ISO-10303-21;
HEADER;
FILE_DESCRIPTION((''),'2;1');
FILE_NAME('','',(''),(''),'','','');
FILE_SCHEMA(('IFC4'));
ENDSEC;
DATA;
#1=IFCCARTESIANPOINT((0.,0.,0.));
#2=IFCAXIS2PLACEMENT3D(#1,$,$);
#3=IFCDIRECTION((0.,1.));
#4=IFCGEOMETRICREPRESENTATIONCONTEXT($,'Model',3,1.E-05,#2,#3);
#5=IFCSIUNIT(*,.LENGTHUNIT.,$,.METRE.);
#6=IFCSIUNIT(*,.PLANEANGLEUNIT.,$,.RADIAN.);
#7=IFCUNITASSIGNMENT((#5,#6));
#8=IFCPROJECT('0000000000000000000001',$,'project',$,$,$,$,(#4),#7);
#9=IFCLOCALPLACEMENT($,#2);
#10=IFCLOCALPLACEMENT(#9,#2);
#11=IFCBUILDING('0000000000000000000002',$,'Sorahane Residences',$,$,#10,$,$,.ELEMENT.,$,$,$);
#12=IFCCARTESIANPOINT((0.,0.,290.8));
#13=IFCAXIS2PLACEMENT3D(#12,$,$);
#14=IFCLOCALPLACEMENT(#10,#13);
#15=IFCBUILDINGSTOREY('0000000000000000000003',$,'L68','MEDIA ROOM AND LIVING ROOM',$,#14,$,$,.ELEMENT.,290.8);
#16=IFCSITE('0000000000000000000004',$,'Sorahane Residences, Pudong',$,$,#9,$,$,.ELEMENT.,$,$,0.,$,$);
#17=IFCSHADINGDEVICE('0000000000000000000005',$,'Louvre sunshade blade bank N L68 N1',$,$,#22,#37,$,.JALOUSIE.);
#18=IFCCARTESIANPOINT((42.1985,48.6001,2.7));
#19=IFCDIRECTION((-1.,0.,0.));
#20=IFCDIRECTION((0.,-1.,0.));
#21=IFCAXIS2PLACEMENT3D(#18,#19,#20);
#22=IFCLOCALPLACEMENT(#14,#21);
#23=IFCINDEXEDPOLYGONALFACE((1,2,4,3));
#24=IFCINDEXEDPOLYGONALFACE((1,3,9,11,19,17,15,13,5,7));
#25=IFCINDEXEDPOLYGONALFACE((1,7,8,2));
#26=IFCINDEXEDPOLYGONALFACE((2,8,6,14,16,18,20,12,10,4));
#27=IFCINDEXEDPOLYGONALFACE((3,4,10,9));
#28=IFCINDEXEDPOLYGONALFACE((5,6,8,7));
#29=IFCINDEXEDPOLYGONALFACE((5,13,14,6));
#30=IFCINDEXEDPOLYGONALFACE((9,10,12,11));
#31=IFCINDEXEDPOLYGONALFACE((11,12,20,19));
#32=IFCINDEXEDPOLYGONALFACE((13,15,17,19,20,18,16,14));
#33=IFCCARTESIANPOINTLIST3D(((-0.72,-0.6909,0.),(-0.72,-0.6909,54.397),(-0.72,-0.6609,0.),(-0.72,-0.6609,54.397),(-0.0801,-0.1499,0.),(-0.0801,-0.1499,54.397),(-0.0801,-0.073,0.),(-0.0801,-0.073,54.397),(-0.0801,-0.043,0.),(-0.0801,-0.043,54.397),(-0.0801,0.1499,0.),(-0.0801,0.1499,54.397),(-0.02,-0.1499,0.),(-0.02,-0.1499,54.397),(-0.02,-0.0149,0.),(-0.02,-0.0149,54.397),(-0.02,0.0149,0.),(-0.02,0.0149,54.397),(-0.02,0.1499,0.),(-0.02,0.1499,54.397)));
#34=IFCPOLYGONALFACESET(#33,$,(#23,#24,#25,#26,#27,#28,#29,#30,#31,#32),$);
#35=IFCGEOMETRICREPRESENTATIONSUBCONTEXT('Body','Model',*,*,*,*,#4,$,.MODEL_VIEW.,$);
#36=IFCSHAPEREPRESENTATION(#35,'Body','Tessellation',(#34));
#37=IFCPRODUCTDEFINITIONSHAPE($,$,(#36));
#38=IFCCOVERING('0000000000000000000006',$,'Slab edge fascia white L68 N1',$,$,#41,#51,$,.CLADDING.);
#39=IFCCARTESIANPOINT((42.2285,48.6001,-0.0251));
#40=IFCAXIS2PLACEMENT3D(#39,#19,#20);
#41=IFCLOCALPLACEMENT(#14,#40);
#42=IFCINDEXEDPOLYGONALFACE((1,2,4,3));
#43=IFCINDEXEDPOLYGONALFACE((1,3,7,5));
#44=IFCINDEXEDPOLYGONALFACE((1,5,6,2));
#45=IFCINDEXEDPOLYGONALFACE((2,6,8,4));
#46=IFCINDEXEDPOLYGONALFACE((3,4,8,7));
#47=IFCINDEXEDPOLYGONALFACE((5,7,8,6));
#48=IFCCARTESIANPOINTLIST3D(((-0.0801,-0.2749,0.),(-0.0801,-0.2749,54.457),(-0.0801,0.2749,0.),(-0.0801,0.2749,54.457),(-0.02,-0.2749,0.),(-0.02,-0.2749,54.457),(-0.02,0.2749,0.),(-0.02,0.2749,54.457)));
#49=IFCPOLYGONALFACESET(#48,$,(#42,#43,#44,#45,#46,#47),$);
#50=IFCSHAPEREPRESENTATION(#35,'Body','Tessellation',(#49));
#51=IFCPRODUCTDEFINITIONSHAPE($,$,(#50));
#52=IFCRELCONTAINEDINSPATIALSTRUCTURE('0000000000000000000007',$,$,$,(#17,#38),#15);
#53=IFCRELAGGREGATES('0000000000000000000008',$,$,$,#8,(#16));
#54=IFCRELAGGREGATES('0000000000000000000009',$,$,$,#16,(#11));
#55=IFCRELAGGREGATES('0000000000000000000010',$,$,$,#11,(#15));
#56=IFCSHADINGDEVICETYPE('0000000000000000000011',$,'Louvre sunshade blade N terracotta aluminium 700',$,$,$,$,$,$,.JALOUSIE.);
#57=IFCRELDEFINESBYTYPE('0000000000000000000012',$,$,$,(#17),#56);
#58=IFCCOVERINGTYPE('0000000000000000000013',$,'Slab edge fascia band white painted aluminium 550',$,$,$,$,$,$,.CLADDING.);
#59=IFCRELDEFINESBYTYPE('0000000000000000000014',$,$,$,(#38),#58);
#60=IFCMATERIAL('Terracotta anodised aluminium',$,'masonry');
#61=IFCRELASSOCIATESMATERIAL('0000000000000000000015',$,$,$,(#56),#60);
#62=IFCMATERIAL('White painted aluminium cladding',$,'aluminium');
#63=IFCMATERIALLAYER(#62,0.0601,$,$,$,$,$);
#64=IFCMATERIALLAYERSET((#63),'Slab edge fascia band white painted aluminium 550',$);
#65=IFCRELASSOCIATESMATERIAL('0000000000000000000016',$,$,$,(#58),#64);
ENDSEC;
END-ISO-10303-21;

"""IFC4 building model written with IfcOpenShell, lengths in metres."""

from ifc_helpers import new_model, si_unit, direction, frame, origin, place, context, subcontext, project, spatial, polyline, outline, extrude, material, layer, layer_set, type_object, element, save


model = new_model("IFC4")

# Units and contexts
model_context = context("Model", 3, precision=1e-05, world=origin(), true_north=direction((0.0, 1.0)))
body_context = subcontext(model_context, "Body", "Model", "MODEL_VIEW")
ifc_project = project(units=[si_unit("LENGTHUNIT", "METRE"), si_unit("PLANEANGLEUNIT", "RADIAN")], contexts=[model_context])

# Site, building, storey
site_placement = place(None, origin())
site = spatial("IfcSite", under=ifc_project, at=site_placement, Name="Sorahane Residences, Pudong", CompositionType="ELEMENT", RefElevation=0.0)
building_placement = place(site_placement, origin())
building = spatial("IfcBuilding", under=site, at=building_placement, Name="Sorahane Residences", CompositionType="ELEMENT")
storey_placement = place(building_placement, frame((0.0, 0.0, 290.8)))
storey = spatial("IfcBuildingStorey", under=building, at=storey_placement, Name="L68", Description="MEDIA ROOM AND LIVING ROOM", CompositionType="ELEMENT", Elevation=290.8)

# Shading device
ifc_material_1 = material(Name="Terracotta anodised aluminium", Category="masonry")
shading_device_type = type_object("IfcShadingDeviceType", Name="Louvre sunshade blade N terracotta aluminium 700", PredefinedType="JALOUSIE", material=ifc_material_1)
shading_device_placement = place(storey_placement, frame((42.1985, 48.6001, 2.7), z_axis=(-1.0, 0.0, 0.0), x_axis=(0.0, -1.0, 0.0)))
element("IfcShadingDevice", 1, at=shading_device_placement, inside=storey, type_object=shading_device_type, Name="Louvre sunshade blade bank N L68 N1", PredefinedType="JALOUSIE", context=body_context, shape_type="SweptSolid", body=[
    extrude(outline(polyline([(-0.72, -0.6609), (-0.72, -0.6909), (-0.0801, -0.073), (-0.0801, -0.1499), (-0.02, -0.1499), (-0.02, -0.0149), (-0.02, 0.0149), (-0.02, 0.1499), (-0.0801, 0.1499), (-0.0801, -0.043), (-0.72, -0.6609)])), origin(), (0.0, 0.0, 1.0), 54.397),
])

# Covering
ifc_material_2 = material(Name="White painted aluminium cladding", Category="aluminium")
ifc_layer_1 = layer(ifc_material_2, 0.0601)
ifc_layer_set_1 = layer_set([ifc_layer_1], Name="Slab edge fascia band white painted aluminium 550")
covering_type = type_object("IfcCoveringType", Name="Slab edge fascia band white painted aluminium 550", PredefinedType="CLADDING", material=ifc_layer_set_1)
covering_placement = place(storey_placement, frame((42.2285, 48.6001, -0.0251), z_axis=(-1.0, 0.0, 0.0), x_axis=(0.0, -1.0, 0.0)))
element("IfcCovering", 2, at=covering_placement, inside=storey, type_object=covering_type, Name="Slab edge fascia white L68 N1", PredefinedType="CLADDING", context=body_context, shape_type="SweptSolid", body=[
    extrude(outline(polyline([(-0.02, 0.2749), (-0.0801, 0.2749), (-0.0801, -0.2749), (-0.02, -0.2749), (-0.02, 0.2749)])), origin(), (0.0, 0.0, 1.0), 54.457),
])

save(model, "model.ifc")
